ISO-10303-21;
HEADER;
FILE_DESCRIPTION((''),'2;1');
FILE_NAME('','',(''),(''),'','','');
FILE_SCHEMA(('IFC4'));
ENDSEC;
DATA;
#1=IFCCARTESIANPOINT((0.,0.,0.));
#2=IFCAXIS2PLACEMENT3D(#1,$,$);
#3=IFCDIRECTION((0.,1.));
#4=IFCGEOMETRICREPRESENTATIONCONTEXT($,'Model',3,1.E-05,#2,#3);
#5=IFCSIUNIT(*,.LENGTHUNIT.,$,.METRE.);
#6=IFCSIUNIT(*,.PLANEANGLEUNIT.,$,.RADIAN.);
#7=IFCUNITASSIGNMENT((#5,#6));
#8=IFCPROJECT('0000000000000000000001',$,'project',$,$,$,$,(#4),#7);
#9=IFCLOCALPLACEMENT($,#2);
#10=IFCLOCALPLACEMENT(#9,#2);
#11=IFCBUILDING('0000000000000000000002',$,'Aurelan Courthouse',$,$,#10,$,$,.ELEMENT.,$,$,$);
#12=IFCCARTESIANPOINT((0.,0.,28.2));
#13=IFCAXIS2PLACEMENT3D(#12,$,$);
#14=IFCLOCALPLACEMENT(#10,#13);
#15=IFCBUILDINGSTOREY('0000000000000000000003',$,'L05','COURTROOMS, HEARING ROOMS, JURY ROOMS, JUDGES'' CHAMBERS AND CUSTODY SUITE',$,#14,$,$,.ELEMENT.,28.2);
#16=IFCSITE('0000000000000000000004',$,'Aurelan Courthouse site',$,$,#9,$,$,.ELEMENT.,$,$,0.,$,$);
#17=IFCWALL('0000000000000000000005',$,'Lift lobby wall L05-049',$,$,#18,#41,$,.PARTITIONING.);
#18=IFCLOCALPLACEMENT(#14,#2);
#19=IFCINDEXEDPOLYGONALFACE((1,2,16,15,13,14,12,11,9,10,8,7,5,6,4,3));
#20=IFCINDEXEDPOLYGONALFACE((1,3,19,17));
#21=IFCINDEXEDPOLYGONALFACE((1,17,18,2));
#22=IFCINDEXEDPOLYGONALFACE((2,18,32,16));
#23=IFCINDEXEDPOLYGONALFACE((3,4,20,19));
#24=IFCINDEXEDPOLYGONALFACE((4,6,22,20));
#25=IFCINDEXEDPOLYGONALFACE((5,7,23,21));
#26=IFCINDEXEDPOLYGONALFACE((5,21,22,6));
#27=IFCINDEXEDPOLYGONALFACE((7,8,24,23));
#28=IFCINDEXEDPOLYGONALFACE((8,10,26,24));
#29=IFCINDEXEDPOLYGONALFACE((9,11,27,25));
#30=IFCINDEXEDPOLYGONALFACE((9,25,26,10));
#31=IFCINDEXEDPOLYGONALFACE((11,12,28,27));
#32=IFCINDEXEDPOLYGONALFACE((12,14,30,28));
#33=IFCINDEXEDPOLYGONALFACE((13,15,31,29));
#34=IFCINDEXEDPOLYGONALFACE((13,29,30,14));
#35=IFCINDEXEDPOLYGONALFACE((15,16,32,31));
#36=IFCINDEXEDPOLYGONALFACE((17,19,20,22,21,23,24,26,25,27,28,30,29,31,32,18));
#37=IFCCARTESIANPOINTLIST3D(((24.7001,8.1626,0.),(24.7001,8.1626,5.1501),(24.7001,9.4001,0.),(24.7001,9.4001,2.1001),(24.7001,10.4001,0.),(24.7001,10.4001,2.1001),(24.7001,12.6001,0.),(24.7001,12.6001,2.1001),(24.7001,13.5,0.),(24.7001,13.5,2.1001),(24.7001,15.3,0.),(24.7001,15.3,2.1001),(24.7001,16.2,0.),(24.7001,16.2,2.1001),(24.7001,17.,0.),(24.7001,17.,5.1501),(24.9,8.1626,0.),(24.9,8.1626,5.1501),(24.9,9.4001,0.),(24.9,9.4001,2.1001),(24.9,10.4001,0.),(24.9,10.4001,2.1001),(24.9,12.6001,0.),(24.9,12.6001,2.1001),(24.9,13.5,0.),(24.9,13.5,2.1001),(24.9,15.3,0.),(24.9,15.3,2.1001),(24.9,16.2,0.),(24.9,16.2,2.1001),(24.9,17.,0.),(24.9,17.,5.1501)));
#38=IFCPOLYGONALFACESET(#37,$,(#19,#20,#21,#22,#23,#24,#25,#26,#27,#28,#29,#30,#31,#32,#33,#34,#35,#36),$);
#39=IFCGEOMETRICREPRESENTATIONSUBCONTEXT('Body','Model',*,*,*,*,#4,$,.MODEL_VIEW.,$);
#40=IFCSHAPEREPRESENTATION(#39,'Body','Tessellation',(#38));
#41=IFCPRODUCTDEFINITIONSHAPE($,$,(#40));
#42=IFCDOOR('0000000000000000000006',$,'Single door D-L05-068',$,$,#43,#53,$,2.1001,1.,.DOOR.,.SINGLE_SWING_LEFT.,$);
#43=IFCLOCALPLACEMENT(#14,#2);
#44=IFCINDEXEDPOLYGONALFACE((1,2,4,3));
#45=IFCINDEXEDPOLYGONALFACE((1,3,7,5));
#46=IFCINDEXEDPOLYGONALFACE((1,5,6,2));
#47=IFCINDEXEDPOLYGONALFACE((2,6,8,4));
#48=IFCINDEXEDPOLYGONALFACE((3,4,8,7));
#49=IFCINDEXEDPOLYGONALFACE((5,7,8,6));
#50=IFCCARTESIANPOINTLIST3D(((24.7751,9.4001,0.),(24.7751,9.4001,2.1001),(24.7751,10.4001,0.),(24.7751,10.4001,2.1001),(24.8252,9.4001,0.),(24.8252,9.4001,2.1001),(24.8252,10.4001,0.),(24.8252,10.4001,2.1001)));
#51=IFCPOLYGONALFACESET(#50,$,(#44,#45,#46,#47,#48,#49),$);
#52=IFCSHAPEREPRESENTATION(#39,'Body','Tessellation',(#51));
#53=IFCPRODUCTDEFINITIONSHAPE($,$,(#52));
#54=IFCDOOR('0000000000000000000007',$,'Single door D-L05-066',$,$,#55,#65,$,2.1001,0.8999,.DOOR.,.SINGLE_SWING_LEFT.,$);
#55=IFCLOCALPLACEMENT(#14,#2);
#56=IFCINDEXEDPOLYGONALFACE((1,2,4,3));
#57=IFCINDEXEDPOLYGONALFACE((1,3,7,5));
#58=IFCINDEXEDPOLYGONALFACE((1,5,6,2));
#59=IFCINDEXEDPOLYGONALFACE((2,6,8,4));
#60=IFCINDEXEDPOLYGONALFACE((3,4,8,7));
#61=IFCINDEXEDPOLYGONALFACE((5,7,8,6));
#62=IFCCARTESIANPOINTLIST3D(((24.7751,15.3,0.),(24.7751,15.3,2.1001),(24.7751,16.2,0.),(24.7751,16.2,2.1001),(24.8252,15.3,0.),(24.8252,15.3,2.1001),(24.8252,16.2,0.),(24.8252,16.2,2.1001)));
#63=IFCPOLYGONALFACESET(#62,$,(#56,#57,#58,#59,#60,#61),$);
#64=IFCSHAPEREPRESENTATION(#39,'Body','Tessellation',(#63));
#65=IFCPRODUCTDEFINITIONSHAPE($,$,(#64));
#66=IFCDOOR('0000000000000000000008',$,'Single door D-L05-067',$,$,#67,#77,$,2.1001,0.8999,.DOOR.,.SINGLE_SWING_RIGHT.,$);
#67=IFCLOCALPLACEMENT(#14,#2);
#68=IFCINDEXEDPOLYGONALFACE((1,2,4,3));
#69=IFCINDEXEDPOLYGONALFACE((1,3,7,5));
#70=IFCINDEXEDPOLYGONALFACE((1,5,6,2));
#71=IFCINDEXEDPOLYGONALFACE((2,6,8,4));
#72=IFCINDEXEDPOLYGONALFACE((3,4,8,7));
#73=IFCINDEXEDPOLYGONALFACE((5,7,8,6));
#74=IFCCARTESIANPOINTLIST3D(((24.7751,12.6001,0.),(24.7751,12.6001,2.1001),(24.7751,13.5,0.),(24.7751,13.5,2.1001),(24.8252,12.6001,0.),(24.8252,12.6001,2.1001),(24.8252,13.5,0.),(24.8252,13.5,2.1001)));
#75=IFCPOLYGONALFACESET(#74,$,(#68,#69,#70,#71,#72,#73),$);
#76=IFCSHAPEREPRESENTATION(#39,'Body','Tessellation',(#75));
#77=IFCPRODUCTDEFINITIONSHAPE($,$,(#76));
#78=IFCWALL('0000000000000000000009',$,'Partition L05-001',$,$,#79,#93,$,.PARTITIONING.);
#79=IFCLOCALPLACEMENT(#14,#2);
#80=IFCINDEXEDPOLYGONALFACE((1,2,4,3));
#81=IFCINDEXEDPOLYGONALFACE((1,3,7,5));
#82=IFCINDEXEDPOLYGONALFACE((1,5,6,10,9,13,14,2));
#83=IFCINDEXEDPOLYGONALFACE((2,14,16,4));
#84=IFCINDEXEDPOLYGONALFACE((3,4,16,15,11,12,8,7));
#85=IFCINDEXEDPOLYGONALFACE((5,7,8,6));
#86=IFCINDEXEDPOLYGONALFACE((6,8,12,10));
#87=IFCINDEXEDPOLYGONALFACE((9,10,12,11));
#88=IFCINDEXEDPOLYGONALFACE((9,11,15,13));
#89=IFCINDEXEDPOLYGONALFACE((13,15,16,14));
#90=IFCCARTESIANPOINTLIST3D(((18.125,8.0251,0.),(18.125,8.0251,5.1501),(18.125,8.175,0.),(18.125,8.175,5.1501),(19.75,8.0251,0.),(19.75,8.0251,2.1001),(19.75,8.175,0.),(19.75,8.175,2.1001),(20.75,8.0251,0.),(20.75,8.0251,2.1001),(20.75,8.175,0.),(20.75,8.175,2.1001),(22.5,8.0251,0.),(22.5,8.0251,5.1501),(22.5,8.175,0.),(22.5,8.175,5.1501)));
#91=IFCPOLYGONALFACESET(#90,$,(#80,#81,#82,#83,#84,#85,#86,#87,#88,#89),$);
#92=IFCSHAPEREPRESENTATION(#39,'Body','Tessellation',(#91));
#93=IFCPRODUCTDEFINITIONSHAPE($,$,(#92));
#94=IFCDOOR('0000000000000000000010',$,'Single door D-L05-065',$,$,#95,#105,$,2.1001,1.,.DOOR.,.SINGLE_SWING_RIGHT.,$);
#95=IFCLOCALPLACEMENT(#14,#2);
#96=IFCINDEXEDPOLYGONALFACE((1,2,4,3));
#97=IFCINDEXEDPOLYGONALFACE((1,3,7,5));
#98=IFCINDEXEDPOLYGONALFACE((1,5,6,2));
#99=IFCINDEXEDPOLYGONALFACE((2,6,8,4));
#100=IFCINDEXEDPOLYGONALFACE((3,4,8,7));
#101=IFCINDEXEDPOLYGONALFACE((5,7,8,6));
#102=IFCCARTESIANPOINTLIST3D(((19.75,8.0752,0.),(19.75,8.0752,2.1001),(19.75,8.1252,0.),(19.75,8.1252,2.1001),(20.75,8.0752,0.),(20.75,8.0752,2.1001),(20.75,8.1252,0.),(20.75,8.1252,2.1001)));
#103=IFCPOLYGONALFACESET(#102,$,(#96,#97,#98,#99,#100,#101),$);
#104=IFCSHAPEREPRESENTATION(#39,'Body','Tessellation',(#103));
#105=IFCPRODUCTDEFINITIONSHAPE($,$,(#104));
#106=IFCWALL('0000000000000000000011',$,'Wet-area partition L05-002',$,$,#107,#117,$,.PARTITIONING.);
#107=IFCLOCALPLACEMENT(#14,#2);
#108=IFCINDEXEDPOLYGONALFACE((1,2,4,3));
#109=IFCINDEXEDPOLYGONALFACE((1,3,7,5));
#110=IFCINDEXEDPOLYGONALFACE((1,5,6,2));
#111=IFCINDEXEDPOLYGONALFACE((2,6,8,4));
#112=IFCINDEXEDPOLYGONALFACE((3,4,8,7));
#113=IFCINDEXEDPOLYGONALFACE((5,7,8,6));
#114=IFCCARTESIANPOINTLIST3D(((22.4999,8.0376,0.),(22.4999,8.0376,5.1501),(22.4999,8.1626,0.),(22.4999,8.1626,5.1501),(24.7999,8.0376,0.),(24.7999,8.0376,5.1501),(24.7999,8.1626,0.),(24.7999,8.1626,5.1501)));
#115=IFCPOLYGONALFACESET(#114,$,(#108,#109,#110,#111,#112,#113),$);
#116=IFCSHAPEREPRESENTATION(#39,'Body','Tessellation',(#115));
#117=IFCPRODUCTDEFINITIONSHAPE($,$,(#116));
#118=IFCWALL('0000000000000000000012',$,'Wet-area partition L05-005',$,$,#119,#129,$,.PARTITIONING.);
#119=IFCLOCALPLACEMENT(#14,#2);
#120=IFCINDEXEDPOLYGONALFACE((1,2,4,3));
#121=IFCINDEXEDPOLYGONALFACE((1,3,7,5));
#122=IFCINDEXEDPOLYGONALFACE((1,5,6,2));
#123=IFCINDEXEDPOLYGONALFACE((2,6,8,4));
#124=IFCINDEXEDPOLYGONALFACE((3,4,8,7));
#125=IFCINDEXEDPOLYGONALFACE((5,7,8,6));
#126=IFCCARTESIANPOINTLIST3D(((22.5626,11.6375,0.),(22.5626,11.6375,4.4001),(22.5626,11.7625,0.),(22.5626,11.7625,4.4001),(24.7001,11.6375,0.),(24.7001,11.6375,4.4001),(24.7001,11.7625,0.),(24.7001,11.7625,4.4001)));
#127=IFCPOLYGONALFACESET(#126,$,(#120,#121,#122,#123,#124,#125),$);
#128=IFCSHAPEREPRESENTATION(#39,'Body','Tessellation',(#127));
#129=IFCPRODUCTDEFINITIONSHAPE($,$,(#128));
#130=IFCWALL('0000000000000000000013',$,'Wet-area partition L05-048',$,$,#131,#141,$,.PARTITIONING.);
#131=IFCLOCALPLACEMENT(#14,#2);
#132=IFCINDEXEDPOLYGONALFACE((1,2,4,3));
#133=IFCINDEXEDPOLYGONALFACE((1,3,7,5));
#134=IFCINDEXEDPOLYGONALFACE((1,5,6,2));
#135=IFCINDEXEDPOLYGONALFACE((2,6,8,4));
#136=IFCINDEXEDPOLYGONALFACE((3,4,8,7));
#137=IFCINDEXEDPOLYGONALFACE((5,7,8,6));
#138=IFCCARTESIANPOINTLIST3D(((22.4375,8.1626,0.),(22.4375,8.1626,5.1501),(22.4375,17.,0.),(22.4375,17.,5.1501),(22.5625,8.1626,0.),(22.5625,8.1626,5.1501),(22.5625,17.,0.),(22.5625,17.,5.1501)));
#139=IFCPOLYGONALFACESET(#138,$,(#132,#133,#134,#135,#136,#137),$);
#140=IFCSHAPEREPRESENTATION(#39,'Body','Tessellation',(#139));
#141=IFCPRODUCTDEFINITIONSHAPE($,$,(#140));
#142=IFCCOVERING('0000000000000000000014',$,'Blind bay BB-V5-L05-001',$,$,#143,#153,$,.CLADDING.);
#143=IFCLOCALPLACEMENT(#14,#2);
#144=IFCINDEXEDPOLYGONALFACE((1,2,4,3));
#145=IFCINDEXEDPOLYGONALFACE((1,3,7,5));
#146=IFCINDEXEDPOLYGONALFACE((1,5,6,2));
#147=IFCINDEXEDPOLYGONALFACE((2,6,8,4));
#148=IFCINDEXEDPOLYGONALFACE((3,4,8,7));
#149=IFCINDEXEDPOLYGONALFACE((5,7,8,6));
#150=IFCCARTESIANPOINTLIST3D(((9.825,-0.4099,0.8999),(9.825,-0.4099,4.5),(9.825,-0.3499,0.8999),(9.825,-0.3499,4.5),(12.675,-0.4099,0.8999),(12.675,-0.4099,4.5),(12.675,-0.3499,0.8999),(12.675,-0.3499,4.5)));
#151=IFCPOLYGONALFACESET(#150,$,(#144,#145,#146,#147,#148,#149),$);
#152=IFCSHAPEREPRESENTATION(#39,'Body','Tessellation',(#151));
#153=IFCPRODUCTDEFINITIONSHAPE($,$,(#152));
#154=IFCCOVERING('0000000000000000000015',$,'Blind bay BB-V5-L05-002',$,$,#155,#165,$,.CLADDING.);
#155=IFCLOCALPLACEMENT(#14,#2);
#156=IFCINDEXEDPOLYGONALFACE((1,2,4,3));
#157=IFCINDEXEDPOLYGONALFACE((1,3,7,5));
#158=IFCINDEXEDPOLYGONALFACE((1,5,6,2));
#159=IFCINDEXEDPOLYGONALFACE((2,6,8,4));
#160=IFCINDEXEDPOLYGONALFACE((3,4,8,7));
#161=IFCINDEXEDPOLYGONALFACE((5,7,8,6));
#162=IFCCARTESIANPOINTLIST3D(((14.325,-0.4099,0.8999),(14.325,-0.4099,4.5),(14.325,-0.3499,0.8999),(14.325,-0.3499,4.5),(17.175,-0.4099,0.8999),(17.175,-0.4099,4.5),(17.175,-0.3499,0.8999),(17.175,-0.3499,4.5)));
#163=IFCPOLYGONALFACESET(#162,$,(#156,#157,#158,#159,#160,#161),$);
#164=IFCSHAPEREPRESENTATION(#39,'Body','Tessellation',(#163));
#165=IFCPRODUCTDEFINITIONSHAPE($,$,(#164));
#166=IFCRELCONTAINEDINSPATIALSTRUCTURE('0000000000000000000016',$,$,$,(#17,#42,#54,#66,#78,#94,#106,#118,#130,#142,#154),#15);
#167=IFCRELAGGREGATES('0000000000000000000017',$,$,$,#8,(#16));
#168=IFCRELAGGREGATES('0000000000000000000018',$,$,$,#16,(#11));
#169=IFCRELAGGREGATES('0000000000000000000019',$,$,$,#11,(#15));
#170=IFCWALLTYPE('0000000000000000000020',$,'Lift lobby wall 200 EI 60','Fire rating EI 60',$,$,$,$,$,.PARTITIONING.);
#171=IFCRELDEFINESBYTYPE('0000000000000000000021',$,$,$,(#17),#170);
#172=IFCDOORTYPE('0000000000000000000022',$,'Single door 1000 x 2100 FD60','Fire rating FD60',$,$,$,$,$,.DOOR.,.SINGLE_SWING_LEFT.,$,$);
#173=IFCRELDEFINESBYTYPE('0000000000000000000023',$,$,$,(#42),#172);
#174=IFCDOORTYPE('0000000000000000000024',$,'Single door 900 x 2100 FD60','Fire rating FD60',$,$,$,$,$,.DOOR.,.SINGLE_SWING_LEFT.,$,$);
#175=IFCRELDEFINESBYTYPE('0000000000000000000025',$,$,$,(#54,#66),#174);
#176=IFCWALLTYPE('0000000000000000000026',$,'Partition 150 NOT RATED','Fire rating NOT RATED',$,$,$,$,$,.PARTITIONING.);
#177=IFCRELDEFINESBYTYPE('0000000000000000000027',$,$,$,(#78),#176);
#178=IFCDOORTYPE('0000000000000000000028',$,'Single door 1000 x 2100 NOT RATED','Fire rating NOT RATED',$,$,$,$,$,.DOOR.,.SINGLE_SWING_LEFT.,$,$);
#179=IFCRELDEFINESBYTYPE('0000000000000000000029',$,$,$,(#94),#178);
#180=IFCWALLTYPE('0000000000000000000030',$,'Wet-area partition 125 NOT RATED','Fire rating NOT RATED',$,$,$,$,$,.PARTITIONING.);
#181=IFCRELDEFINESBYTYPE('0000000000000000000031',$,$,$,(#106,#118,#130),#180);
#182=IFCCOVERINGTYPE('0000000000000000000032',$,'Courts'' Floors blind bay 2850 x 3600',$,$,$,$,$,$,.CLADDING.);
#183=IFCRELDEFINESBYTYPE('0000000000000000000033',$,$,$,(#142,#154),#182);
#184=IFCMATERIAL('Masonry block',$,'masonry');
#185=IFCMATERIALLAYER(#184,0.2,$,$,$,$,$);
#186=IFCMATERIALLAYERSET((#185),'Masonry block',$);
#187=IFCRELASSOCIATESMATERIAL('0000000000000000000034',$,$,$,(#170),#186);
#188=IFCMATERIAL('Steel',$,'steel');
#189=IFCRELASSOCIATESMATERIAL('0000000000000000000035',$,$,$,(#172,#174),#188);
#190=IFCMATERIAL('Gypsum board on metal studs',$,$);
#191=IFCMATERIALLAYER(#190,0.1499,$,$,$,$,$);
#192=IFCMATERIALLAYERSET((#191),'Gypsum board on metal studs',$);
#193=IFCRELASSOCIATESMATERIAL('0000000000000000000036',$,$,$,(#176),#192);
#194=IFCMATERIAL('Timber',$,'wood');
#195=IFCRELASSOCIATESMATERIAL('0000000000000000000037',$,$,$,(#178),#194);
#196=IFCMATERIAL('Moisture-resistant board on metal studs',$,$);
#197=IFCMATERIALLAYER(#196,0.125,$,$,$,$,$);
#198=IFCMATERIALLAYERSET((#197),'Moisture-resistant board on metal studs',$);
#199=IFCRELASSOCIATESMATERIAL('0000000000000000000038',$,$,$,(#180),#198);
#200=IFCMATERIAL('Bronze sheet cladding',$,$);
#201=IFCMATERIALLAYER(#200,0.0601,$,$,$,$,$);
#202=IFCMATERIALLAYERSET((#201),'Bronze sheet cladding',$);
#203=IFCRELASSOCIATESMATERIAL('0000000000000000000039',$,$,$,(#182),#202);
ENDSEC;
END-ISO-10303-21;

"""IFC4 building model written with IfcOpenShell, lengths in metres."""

from ifc_helpers import new_model, si_unit, direction, frame, frame_2d, origin, origin_2d, place, context, subcontext, project, spatial, rectangle, extrude, material, layer, layer_set, type_object, element, fill, save


model = new_model("IFC4")

# Units and contexts
model_context = context("Model", 3, precision=1e-05, world=origin(), true_north=direction((0.0, 1.0)))
body_context = subcontext(model_context, "Body", "Model", "MODEL_VIEW")
ifc_project = project(units=[si_unit("LENGTHUNIT", "METRE"), si_unit("PLANEANGLEUNIT", "RADIAN")], contexts=[model_context])

# Site, building, storey
site_placement = place(None, origin())
site = spatial("IfcSite", under=ifc_project, at=site_placement, Name="Aurelan Courthouse site", CompositionType="ELEMENT", RefElevation=0.0)
building_placement = place(site_placement, origin())
building = spatial("IfcBuilding", under=site, at=building_placement, Name="Aurelan Courthouse", CompositionType="ELEMENT")
storey_placement = place(building_placement, frame((0.0, 0.0, 28.2)))
storey = spatial("IfcBuildingStorey", under=building, at=storey_placement, Name="L05", Description="COURTROOMS, HEARING ROOMS, JURY ROOMS, JUDGES' CHAMBERS AND CUSTODY SUITE", CompositionType="ELEMENT", Elevation=28.2)

# Shared definitions
ifc_material_1 = material(Name="Masonry block", Category="masonry")
ifc_layer_1 = layer(ifc_material_1, 0.2)
ifc_layer_set_1 = layer_set([ifc_layer_1], Name="Masonry block")
wall_type_1 = type_object("IfcWallType", Name="Lift lobby wall 200 EI 60", Description="Fire rating EI 60", PredefinedType="PARTITIONING", material=ifc_layer_set_1)

# Wall, openings, doors
wall_1_placement = place(storey_placement, frame((24.8, 8.1626, 0.0), z_axis=(0.0, 0.0, 1.0), x_axis=(0.0, 1.0, 0.0)))
wall_1 = element("IfcWall", 1, at=wall_1_placement, inside=storey, type_object=wall_type_1, Name="Lift lobby wall L05-049", PredefinedType="PARTITIONING", context=body_context, shape_type="SweptSolid", body=[
    extrude(rectangle(XDim=8.8374, YDim=0.2, at=frame_2d((4.4187, 0.0))), origin(), (0.0, 0.0, 1.0), 5.1501),
])
opening_1_placement = place(wall_1_placement, frame((7.1375, 0.0, 0.0)))
opening_1 = element("IfcOpeningElement", 2, at=opening_1_placement, cuts=wall_1, PredefinedType="OPENING", context=body_context, shape_type="SweptSolid", body=[
    extrude(rectangle(XDim=0.8999, YDim=2.1001, at=frame_2d((0.45, 1.05))), frame((0.0, 0.1099, 0.0), z_axis=(0.0, -1.0, 0.0), x_axis=(1.0, 0.0, 0.0)), (0.0, 0.0, 1.0), 0.22),
])
opening_2_placement = place(wall_1_placement, frame((4.4375, 0.0, 0.0)))
opening_2 = element("IfcOpeningElement", 3, at=opening_2_placement, cuts=wall_1, PredefinedType="OPENING", context=body_context, shape_type="SweptSolid", body=[
    extrude(rectangle(XDim=0.8999, YDim=2.1001, at=frame_2d((0.45, 1.05))), frame((0.0, 0.1099, 0.0), z_axis=(0.0, -1.0, 0.0), x_axis=(1.0, 0.0, 0.0)), (0.0, 0.0, 1.0), 0.22),
])
opening_3_placement = place(wall_1_placement, frame((1.2375, 0.0, 0.0)))
opening_3 = element("IfcOpeningElement", 4, at=opening_3_placement, cuts=wall_1, PredefinedType="OPENING", context=body_context, shape_type="SweptSolid", body=[
    extrude(rectangle(XDim=1.0, YDim=2.1001, at=frame_2d((0.5, 1.05))), frame((0.0, 0.1099, 0.0), z_axis=(0.0, -1.0, 0.0), x_axis=(1.0, 0.0, 0.0)), (0.0, 0.0, 1.0), 0.22),
])
ifc_material_2 = material(Name="Steel", Category="steel")
door_type_1 = type_object("IfcDoorType", Name="Single door 1000 x 2100 FD60", Description="Fire rating FD60", OperationType="SINGLE_SWING_LEFT", PredefinedType="DOOR", material=ifc_material_2)
door_1_placement = place(opening_3_placement, origin())
door_1 = element("IfcDoor", 5, at=door_1_placement, inside=storey, type_object=door_type_1, Name="Single door D-L05-068", OperationType="SINGLE_SWING_LEFT", OverallHeight=2.1001, OverallWidth=1.0, PredefinedType="DOOR", context=body_context, shape_type="SweptSolid", body=[
    extrude(rectangle(XDim=1.0, YDim=2.1001, at=frame_2d((0.5, 1.05))), frame((0.0, 0.0249, 0.0), z_axis=(0.0, -1.0, 0.0), x_axis=(1.0, 0.0, 0.0)), (0.0, 0.0, 1.0), 0.05),
])
fill(opening_3, door_1)
door_type_2 = type_object("IfcDoorType", Name="Single door 900 x 2100 FD60", Description="Fire rating FD60", OperationType="SINGLE_SWING_LEFT", PredefinedType="DOOR", material=ifc_material_2)
door_2_placement = place(opening_1_placement, origin())
door_2 = element("IfcDoor", 6, at=door_2_placement, inside=storey, type_object=door_type_2, Name="Single door D-L05-066", OperationType="SINGLE_SWING_LEFT", OverallHeight=2.1001, OverallWidth=0.8999, PredefinedType="DOOR", context=body_context, shape_type="SweptSolid", body=[
    extrude(rectangle(XDim=0.8999, YDim=2.1001, at=frame_2d((0.45, 1.05))), frame((0.0, 0.0249, 0.0), z_axis=(0.0, -1.0, 0.0), x_axis=(1.0, 0.0, 0.0)), (0.0, 0.0, 1.0), 0.05),
])
fill(opening_1, door_2)
door_3_placement = place(opening_2_placement, origin())
door_3 = element("IfcDoor", 7, at=door_3_placement, inside=storey, type_object=door_type_2, Name="Single door D-L05-067", OperationType="SINGLE_SWING_RIGHT", OverallHeight=2.1001, OverallWidth=0.8999, PredefinedType="DOOR", context=body_context, shape_type="SweptSolid", body=[
    extrude(rectangle(XDim=0.8999, YDim=2.1001, at=frame_2d((0.45, 1.05))), frame((0.0, 0.0249, 0.0), z_axis=(0.0, -1.0, 0.0), x_axis=(1.0, 0.0, 0.0)), (0.0, 0.0, 1.0), 0.05),
])
fill(opening_2, door_3)

# Wall, opening, door
ifc_material_3 = material(Name="Gypsum board on metal studs")
ifc_layer_2 = layer(ifc_material_3, 0.1499)
ifc_layer_set_2 = layer_set([ifc_layer_2], Name="Gypsum board on metal studs")
wall_type_2 = type_object("IfcWallType", Name="Partition 150 NOT RATED", Description="Fire rating NOT RATED", PredefinedType="PARTITIONING", material=ifc_layer_set_2)
wall_2_placement = place(storey_placement, frame((18.125, 8.1001, 0.0), z_axis=(0.0, 0.0, 1.0), x_axis=(1.0, 0.0, 0.0)))
wall_2 = element("IfcWall", 8, at=wall_2_placement, inside=storey, type_object=wall_type_2, Name="Partition L05-001", PredefinedType="PARTITIONING", context=body_context, shape_type="SweptSolid", body=[
    extrude(rectangle(XDim=4.375, YDim=0.1499, at=frame_2d((2.1875, 0.0))), origin(), (0.0, 0.0, 1.0), 5.1501),
])
opening_4_placement = place(wall_2_placement, frame((2.625, 0.0, 0.0), z_axis=(0.0, 0.0, 1.0), x_axis=(-1.0, 0.0, 0.0)))
opening_4 = element("IfcOpeningElement", 9, at=opening_4_placement, cuts=wall_2, PredefinedType="OPENING", context=body_context, shape_type="SweptSolid", body=[
    extrude(rectangle(XDim=1.0, YDim=2.1001, at=frame_2d((0.5, 1.05))), frame((0.0, 0.085, 0.0), z_axis=(0.0, -1.0, 0.0), x_axis=(1.0, 0.0, 0.0)), (0.0, 0.0, 1.0), 0.1699),
])
ifc_material_4 = material(Name="Timber", Category="wood")
door_type_3 = type_object("IfcDoorType", Name="Single door 1000 x 2100 NOT RATED", Description="Fire rating NOT RATED", OperationType="SINGLE_SWING_LEFT", PredefinedType="DOOR", material=ifc_material_4)
door_4_placement = place(opening_4_placement, origin())
door_4 = element("IfcDoor", 10, at=door_4_placement, inside=storey, type_object=door_type_3, Name="Single door D-L05-065", OperationType="SINGLE_SWING_RIGHT", OverallHeight=2.1001, OverallWidth=1.0, PredefinedType="DOOR", context=body_context, shape_type="SweptSolid", body=[
    extrude(rectangle(XDim=1.0, YDim=2.1001, at=frame_2d((0.5, 1.05))), frame((0.0, 0.0249, 0.0), z_axis=(0.0, -1.0, 0.0), x_axis=(1.0, 0.0, 0.0)), (0.0, 0.0, 1.0), 0.05),
])
fill(opening_4, door_4)

# Walls
ifc_material_5 = material(Name="Moisture-resistant board on metal studs")
ifc_layer_3 = layer(ifc_material_5, 0.125)
ifc_layer_set_3 = layer_set([ifc_layer_3], Name="Moisture-resistant board on metal studs")
wall_type_3 = type_object("IfcWallType", Name="Wet-area partition 125 NOT RATED", Description="Fire rating NOT RATED", PredefinedType="PARTITIONING", material=ifc_layer_set_3)
wall_3_placement = place(storey_placement, frame((22.5, 8.1001, 0.0), z_axis=(0.0, 0.0, 1.0), x_axis=(1.0, 0.0, 0.0)))
element("IfcWall", 11, at=wall_3_placement, inside=storey, type_object=wall_type_3, Name="Wet-area partition L05-002", PredefinedType="PARTITIONING", context=body_context, shape_type="SweptSolid", body=[
    extrude(rectangle(XDim=2.3, YDim=0.125, at=frame_2d((1.1499, 0.0))), origin(), (0.0, 0.0, 1.0), 5.1501),
])
wall_4_placement = place(storey_placement, frame((22.5625, 11.7, 0.0), z_axis=(0.0, 0.0, 1.0), x_axis=(1.0, 0.0, 0.0)))
element("IfcWall", 12, at=wall_4_placement, inside=storey, type_object=wall_type_3, Name="Wet-area partition L05-005", PredefinedType="PARTITIONING", context=body_context, shape_type="SweptSolid", body=[
    extrude(rectangle(XDim=2.1375, YDim=0.125, at=frame_2d((1.0688, 0.0))), origin(), (0.0, 0.0, 1.0), 4.4001),
])
wall_5_placement = place(storey_placement, frame((22.5, 8.1626, 0.0), z_axis=(0.0, 0.0, 1.0), x_axis=(0.0, 1.0, 0.0)))
element("IfcWall", 13, at=wall_5_placement, inside=storey, type_object=wall_type_3, Name="Wet-area partition L05-048", PredefinedType="PARTITIONING", context=body_context, shape_type="SweptSolid", body=[
    extrude(rectangle(XDim=8.8374, YDim=0.125, at=frame_2d((4.4187, 0.0))), origin(), (0.0, 0.0, 1.0), 5.1501),
])

# Coverings
ifc_material_6 = material(Name="Bronze sheet cladding")
ifc_layer_4 = layer(ifc_material_6, 0.0601)
ifc_layer_set_4 = layer_set([ifc_layer_4], Name="Bronze sheet cladding")
covering_type = type_object("IfcCoveringType", Name="Courts' Floors blind bay 2850 x 3600", PredefinedType="CLADDING", material=ifc_layer_set_4)
for number, where, z_axis, x_axis, name in (
    (14, (11.25, -0.3799, 0.8999), (0.0, 0.0, 1.0), (1.0, 0.0, 0.0), "Blind bay BB-V5-L05-001"),
    (15, (15.75, -0.3799, 0.8999), (0.0, 0.0, 1.0), (1.0, 0.0, 0.0), "Blind bay BB-V5-L05-002"),
):
    element("IfcCovering", number, at=place(storey_placement, frame(where, z_axis=z_axis, x_axis=x_axis)), inside=storey, type_object=covering_type, Name=name, PredefinedType="CLADDING", context=body_context, shape_type="SweptSolid", body=[
        extrude(rectangle(XDim=2.8501, YDim=0.0601, at=origin_2d()), origin(), (0.0, 0.0, 1.0), 3.6001),
    ])

save(model, "model.ifc")
